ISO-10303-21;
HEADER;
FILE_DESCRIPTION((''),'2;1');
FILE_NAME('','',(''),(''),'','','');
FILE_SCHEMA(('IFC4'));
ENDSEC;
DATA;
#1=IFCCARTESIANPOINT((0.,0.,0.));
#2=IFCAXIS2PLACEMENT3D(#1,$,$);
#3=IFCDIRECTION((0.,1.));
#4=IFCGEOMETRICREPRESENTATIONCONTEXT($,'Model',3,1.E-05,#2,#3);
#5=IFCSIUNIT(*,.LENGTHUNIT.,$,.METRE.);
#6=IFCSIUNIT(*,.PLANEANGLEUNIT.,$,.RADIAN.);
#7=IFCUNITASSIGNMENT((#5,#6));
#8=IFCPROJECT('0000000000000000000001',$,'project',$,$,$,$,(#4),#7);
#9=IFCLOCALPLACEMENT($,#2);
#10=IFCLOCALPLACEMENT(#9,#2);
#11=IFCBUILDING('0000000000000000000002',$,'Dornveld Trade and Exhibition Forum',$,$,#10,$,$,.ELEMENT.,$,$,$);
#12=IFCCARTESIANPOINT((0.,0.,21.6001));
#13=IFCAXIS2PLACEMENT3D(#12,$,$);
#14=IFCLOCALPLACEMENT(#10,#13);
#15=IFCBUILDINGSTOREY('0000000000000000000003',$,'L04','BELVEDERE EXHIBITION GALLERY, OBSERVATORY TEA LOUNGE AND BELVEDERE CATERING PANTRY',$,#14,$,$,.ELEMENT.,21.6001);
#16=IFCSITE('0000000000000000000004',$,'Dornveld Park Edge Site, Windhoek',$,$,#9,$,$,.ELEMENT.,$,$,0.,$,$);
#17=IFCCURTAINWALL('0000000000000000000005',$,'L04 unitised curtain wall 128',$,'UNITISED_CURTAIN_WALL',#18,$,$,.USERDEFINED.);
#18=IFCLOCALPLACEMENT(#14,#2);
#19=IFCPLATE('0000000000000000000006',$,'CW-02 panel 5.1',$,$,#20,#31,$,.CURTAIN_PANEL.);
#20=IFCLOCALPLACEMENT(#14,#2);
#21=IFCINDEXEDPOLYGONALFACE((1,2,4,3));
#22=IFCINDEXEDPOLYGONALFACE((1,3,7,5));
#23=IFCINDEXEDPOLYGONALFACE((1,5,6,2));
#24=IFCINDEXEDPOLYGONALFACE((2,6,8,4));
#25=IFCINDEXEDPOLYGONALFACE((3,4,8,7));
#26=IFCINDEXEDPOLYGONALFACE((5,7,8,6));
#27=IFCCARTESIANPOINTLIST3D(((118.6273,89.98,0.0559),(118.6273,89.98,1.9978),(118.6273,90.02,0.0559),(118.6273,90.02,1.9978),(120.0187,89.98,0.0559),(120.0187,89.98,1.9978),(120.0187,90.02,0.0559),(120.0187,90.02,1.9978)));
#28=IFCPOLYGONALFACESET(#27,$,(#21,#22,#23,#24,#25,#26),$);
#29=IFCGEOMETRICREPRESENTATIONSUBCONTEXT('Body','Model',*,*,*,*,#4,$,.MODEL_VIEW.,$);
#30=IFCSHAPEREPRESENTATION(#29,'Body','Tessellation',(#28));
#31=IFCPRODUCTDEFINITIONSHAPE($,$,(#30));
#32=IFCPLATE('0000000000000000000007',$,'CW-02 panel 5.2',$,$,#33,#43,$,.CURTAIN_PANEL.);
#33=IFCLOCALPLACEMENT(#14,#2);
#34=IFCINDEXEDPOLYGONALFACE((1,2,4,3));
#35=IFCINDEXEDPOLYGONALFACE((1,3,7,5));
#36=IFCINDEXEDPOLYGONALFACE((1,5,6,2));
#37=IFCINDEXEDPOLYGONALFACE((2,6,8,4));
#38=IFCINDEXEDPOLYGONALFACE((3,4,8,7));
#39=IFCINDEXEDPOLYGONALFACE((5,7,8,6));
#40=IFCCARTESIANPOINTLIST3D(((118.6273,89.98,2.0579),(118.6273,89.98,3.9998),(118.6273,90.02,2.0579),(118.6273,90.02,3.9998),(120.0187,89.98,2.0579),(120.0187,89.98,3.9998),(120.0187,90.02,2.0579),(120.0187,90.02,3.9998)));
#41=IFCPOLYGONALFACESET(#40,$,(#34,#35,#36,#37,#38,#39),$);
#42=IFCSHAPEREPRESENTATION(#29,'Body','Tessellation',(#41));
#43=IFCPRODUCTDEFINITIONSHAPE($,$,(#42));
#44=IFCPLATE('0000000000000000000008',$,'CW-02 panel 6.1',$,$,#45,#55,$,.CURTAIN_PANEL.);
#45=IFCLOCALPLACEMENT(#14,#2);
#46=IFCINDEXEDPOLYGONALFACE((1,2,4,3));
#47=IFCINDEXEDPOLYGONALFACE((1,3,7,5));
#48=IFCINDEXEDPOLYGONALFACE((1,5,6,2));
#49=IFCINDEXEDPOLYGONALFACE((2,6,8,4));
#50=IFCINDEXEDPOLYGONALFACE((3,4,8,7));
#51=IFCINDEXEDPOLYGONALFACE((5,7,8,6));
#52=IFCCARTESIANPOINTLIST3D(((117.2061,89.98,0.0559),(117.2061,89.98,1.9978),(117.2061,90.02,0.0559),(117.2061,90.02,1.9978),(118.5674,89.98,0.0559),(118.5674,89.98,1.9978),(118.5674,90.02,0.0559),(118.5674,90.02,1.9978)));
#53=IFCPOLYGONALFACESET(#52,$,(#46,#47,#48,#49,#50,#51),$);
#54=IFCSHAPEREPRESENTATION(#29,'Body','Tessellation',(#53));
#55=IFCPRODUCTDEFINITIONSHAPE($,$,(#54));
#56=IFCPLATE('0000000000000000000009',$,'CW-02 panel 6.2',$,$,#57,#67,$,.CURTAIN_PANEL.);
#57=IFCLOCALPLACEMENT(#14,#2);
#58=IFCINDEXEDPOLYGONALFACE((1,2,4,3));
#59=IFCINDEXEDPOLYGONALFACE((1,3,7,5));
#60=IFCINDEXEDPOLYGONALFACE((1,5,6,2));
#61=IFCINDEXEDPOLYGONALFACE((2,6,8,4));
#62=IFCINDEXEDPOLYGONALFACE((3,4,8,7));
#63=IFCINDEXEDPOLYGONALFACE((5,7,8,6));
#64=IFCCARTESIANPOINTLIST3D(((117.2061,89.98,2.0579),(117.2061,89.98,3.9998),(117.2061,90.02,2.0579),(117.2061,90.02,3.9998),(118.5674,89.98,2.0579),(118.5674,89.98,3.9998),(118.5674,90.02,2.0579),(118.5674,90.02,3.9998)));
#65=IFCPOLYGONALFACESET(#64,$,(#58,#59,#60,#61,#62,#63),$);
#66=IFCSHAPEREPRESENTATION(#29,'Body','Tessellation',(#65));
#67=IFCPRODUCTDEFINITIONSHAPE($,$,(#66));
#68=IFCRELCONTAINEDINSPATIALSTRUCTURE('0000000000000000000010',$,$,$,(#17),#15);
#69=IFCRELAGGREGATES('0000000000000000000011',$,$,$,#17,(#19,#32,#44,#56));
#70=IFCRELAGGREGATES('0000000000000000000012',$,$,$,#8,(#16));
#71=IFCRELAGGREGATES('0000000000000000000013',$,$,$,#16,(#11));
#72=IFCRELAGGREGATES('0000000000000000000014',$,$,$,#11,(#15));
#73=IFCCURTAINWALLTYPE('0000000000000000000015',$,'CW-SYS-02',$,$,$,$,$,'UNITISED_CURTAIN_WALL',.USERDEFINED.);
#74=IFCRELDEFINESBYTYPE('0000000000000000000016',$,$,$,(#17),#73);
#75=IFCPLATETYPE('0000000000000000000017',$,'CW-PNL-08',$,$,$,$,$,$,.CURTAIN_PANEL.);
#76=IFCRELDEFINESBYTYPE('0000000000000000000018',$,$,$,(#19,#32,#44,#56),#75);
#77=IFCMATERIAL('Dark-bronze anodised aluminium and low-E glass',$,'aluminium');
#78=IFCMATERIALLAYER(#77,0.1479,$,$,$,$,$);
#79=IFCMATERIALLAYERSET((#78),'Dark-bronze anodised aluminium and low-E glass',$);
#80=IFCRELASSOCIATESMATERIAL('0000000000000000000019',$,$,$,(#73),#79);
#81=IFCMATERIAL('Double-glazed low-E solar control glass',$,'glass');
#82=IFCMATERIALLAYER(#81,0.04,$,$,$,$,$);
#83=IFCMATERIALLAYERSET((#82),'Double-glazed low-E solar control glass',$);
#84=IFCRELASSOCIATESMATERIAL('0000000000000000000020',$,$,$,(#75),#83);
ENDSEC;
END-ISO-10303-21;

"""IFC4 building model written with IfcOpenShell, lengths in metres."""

from ifc_helpers import new_model, si_unit, direction, frame, origin, origin_2d, place, context, subcontext, project, spatial, rectangle, extrude, material, layer, layer_set, type_object, element, aggregate, save


model = new_model("IFC4")

# Units and contexts
model_context = context("Model", 3, precision=1e-05, world=origin(), true_north=direction((0.0, 1.0)))
body_context = subcontext(model_context, "Body", "Model", "MODEL_VIEW")
ifc_project = project(units=[si_unit("LENGTHUNIT", "METRE"), si_unit("PLANEANGLEUNIT", "RADIAN")], contexts=[model_context])

# Site, building, storey
site_placement = place(None, origin())
site = spatial("IfcSite", under=ifc_project, at=site_placement, Name="Dornveld Park Edge Site, Windhoek", CompositionType="ELEMENT", RefElevation=0.0)
building_placement = place(site_placement, origin())
building = spatial("IfcBuilding", under=site, at=building_placement, Name="Dornveld Trade and Exhibition Forum", CompositionType="ELEMENT")
storey_placement = place(building_placement, frame((0.0, 0.0, 21.6001)))
storey = spatial("IfcBuildingStorey", under=building, at=storey_placement, Name="L04", Description="BELVEDERE EXHIBITION GALLERY, OBSERVATORY TEA LOUNGE AND BELVEDERE CATERING PANTRY", CompositionType="ELEMENT", Elevation=21.6001)

# Curtain wall, plates
ifc_material_1 = material(Name="Dark-bronze anodised aluminium and low-E glass", Category="aluminium")
ifc_layer_1 = layer(ifc_material_1, 0.1479)
ifc_layer_set_1 = layer_set([ifc_layer_1], Name="Dark-bronze anodised aluminium and low-E glass")
curtain_wall_type_1 = type_object("IfcCurtainWallType", Name="CW-SYS-02", ElementType="UNITISED_CURTAIN_WALL", PredefinedType="USERDEFINED", material=ifc_layer_set_1)
curtain_wall_1_placement = place(storey_placement, origin())
curtain_wall_1 = element("IfcCurtainWall", 1, at=curtain_wall_1_placement, inside=storey, type_object=curtain_wall_type_1, Name="L04 unitised curtain wall 128", ObjectType="UNITISED_CURTAIN_WALL", PredefinedType="USERDEFINED")
ifc_material_2 = material(Name="Double-glazed low-E solar control glass", Category="glass")
ifc_layer_2 = layer(ifc_material_2, 0.04)
ifc_layer_set_2 = layer_set([ifc_layer_2], Name="Double-glazed low-E solar control glass")
plate_type = type_object("IfcPlateType", Name="CW-PNL-08", PredefinedType="CURTAIN_PANEL", material=ifc_layer_set_2)
plate_1_placement = place(storey_placement, frame((119.323, 90.0, 0.0559), z_axis=(0.0, 0.0, 1.0), x_axis=(-1.0, 0.0, 0.0)))
plate_1 = element("IfcPlate", 2, at=plate_1_placement, type_object=plate_type, Name="CW-02 panel 5.1", PredefinedType="CURTAIN_PANEL", context=body_context, shape_type="SweptSolid", body=[
    extrude(rectangle(XDim=1.3914, YDim=0.04, at=origin_2d()), origin(), (0.0, 0.0, 1.0), 1.9419),
])
plate_2_placement = place(storey_placement, frame((119.323, 90.0, 2.0579), z_axis=(0.0, 0.0, 1.0), x_axis=(-1.0, 0.0, 0.0)))
plate_2 = element("IfcPlate", 3, at=plate_2_placement, type_object=plate_type, Name="CW-02 panel 5.2", PredefinedType="CURTAIN_PANEL", context=body_context, shape_type="SweptSolid", body=[
    extrude(rectangle(XDim=1.3914, YDim=0.04, at=origin_2d()), origin(), (0.0, 0.0, 1.0), 1.9419),
])
plate_3_placement = place(storey_placement, frame((117.8867, 90.0, 0.0559), z_axis=(0.0, 0.0, 1.0), x_axis=(-1.0, 0.0, 0.0)))
plate_3 = element("IfcPlate", 4, at=plate_3_placement, type_object=plate_type, Name="CW-02 panel 6.1", PredefinedType="CURTAIN_PANEL", context=body_context, shape_type="SweptSolid", body=[
    extrude(rectangle(XDim=1.3613, YDim=0.04, at=origin_2d()), origin(), (0.0, 0.0, 1.0), 1.9419),
])
plate_4_placement = place(storey_placement, frame((117.8867, 90.0, 2.0579), z_axis=(0.0, 0.0, 1.0), x_axis=(-1.0, 0.0, 0.0)))
plate_4 = element("IfcPlate", 5, at=plate_4_placement, type_object=plate_type, Name="CW-02 panel 6.2", PredefinedType="CURTAIN_PANEL", context=body_context, shape_type="SweptSolid", body=[
    extrude(rectangle(XDim=1.3613, YDim=0.04, at=origin_2d()), origin(), (0.0, 0.0, 1.0), 1.9419),
])
aggregate(curtain_wall_1, [plate_1, plate_2, plate_3, plate_4])

save(model, "model.ifc")
